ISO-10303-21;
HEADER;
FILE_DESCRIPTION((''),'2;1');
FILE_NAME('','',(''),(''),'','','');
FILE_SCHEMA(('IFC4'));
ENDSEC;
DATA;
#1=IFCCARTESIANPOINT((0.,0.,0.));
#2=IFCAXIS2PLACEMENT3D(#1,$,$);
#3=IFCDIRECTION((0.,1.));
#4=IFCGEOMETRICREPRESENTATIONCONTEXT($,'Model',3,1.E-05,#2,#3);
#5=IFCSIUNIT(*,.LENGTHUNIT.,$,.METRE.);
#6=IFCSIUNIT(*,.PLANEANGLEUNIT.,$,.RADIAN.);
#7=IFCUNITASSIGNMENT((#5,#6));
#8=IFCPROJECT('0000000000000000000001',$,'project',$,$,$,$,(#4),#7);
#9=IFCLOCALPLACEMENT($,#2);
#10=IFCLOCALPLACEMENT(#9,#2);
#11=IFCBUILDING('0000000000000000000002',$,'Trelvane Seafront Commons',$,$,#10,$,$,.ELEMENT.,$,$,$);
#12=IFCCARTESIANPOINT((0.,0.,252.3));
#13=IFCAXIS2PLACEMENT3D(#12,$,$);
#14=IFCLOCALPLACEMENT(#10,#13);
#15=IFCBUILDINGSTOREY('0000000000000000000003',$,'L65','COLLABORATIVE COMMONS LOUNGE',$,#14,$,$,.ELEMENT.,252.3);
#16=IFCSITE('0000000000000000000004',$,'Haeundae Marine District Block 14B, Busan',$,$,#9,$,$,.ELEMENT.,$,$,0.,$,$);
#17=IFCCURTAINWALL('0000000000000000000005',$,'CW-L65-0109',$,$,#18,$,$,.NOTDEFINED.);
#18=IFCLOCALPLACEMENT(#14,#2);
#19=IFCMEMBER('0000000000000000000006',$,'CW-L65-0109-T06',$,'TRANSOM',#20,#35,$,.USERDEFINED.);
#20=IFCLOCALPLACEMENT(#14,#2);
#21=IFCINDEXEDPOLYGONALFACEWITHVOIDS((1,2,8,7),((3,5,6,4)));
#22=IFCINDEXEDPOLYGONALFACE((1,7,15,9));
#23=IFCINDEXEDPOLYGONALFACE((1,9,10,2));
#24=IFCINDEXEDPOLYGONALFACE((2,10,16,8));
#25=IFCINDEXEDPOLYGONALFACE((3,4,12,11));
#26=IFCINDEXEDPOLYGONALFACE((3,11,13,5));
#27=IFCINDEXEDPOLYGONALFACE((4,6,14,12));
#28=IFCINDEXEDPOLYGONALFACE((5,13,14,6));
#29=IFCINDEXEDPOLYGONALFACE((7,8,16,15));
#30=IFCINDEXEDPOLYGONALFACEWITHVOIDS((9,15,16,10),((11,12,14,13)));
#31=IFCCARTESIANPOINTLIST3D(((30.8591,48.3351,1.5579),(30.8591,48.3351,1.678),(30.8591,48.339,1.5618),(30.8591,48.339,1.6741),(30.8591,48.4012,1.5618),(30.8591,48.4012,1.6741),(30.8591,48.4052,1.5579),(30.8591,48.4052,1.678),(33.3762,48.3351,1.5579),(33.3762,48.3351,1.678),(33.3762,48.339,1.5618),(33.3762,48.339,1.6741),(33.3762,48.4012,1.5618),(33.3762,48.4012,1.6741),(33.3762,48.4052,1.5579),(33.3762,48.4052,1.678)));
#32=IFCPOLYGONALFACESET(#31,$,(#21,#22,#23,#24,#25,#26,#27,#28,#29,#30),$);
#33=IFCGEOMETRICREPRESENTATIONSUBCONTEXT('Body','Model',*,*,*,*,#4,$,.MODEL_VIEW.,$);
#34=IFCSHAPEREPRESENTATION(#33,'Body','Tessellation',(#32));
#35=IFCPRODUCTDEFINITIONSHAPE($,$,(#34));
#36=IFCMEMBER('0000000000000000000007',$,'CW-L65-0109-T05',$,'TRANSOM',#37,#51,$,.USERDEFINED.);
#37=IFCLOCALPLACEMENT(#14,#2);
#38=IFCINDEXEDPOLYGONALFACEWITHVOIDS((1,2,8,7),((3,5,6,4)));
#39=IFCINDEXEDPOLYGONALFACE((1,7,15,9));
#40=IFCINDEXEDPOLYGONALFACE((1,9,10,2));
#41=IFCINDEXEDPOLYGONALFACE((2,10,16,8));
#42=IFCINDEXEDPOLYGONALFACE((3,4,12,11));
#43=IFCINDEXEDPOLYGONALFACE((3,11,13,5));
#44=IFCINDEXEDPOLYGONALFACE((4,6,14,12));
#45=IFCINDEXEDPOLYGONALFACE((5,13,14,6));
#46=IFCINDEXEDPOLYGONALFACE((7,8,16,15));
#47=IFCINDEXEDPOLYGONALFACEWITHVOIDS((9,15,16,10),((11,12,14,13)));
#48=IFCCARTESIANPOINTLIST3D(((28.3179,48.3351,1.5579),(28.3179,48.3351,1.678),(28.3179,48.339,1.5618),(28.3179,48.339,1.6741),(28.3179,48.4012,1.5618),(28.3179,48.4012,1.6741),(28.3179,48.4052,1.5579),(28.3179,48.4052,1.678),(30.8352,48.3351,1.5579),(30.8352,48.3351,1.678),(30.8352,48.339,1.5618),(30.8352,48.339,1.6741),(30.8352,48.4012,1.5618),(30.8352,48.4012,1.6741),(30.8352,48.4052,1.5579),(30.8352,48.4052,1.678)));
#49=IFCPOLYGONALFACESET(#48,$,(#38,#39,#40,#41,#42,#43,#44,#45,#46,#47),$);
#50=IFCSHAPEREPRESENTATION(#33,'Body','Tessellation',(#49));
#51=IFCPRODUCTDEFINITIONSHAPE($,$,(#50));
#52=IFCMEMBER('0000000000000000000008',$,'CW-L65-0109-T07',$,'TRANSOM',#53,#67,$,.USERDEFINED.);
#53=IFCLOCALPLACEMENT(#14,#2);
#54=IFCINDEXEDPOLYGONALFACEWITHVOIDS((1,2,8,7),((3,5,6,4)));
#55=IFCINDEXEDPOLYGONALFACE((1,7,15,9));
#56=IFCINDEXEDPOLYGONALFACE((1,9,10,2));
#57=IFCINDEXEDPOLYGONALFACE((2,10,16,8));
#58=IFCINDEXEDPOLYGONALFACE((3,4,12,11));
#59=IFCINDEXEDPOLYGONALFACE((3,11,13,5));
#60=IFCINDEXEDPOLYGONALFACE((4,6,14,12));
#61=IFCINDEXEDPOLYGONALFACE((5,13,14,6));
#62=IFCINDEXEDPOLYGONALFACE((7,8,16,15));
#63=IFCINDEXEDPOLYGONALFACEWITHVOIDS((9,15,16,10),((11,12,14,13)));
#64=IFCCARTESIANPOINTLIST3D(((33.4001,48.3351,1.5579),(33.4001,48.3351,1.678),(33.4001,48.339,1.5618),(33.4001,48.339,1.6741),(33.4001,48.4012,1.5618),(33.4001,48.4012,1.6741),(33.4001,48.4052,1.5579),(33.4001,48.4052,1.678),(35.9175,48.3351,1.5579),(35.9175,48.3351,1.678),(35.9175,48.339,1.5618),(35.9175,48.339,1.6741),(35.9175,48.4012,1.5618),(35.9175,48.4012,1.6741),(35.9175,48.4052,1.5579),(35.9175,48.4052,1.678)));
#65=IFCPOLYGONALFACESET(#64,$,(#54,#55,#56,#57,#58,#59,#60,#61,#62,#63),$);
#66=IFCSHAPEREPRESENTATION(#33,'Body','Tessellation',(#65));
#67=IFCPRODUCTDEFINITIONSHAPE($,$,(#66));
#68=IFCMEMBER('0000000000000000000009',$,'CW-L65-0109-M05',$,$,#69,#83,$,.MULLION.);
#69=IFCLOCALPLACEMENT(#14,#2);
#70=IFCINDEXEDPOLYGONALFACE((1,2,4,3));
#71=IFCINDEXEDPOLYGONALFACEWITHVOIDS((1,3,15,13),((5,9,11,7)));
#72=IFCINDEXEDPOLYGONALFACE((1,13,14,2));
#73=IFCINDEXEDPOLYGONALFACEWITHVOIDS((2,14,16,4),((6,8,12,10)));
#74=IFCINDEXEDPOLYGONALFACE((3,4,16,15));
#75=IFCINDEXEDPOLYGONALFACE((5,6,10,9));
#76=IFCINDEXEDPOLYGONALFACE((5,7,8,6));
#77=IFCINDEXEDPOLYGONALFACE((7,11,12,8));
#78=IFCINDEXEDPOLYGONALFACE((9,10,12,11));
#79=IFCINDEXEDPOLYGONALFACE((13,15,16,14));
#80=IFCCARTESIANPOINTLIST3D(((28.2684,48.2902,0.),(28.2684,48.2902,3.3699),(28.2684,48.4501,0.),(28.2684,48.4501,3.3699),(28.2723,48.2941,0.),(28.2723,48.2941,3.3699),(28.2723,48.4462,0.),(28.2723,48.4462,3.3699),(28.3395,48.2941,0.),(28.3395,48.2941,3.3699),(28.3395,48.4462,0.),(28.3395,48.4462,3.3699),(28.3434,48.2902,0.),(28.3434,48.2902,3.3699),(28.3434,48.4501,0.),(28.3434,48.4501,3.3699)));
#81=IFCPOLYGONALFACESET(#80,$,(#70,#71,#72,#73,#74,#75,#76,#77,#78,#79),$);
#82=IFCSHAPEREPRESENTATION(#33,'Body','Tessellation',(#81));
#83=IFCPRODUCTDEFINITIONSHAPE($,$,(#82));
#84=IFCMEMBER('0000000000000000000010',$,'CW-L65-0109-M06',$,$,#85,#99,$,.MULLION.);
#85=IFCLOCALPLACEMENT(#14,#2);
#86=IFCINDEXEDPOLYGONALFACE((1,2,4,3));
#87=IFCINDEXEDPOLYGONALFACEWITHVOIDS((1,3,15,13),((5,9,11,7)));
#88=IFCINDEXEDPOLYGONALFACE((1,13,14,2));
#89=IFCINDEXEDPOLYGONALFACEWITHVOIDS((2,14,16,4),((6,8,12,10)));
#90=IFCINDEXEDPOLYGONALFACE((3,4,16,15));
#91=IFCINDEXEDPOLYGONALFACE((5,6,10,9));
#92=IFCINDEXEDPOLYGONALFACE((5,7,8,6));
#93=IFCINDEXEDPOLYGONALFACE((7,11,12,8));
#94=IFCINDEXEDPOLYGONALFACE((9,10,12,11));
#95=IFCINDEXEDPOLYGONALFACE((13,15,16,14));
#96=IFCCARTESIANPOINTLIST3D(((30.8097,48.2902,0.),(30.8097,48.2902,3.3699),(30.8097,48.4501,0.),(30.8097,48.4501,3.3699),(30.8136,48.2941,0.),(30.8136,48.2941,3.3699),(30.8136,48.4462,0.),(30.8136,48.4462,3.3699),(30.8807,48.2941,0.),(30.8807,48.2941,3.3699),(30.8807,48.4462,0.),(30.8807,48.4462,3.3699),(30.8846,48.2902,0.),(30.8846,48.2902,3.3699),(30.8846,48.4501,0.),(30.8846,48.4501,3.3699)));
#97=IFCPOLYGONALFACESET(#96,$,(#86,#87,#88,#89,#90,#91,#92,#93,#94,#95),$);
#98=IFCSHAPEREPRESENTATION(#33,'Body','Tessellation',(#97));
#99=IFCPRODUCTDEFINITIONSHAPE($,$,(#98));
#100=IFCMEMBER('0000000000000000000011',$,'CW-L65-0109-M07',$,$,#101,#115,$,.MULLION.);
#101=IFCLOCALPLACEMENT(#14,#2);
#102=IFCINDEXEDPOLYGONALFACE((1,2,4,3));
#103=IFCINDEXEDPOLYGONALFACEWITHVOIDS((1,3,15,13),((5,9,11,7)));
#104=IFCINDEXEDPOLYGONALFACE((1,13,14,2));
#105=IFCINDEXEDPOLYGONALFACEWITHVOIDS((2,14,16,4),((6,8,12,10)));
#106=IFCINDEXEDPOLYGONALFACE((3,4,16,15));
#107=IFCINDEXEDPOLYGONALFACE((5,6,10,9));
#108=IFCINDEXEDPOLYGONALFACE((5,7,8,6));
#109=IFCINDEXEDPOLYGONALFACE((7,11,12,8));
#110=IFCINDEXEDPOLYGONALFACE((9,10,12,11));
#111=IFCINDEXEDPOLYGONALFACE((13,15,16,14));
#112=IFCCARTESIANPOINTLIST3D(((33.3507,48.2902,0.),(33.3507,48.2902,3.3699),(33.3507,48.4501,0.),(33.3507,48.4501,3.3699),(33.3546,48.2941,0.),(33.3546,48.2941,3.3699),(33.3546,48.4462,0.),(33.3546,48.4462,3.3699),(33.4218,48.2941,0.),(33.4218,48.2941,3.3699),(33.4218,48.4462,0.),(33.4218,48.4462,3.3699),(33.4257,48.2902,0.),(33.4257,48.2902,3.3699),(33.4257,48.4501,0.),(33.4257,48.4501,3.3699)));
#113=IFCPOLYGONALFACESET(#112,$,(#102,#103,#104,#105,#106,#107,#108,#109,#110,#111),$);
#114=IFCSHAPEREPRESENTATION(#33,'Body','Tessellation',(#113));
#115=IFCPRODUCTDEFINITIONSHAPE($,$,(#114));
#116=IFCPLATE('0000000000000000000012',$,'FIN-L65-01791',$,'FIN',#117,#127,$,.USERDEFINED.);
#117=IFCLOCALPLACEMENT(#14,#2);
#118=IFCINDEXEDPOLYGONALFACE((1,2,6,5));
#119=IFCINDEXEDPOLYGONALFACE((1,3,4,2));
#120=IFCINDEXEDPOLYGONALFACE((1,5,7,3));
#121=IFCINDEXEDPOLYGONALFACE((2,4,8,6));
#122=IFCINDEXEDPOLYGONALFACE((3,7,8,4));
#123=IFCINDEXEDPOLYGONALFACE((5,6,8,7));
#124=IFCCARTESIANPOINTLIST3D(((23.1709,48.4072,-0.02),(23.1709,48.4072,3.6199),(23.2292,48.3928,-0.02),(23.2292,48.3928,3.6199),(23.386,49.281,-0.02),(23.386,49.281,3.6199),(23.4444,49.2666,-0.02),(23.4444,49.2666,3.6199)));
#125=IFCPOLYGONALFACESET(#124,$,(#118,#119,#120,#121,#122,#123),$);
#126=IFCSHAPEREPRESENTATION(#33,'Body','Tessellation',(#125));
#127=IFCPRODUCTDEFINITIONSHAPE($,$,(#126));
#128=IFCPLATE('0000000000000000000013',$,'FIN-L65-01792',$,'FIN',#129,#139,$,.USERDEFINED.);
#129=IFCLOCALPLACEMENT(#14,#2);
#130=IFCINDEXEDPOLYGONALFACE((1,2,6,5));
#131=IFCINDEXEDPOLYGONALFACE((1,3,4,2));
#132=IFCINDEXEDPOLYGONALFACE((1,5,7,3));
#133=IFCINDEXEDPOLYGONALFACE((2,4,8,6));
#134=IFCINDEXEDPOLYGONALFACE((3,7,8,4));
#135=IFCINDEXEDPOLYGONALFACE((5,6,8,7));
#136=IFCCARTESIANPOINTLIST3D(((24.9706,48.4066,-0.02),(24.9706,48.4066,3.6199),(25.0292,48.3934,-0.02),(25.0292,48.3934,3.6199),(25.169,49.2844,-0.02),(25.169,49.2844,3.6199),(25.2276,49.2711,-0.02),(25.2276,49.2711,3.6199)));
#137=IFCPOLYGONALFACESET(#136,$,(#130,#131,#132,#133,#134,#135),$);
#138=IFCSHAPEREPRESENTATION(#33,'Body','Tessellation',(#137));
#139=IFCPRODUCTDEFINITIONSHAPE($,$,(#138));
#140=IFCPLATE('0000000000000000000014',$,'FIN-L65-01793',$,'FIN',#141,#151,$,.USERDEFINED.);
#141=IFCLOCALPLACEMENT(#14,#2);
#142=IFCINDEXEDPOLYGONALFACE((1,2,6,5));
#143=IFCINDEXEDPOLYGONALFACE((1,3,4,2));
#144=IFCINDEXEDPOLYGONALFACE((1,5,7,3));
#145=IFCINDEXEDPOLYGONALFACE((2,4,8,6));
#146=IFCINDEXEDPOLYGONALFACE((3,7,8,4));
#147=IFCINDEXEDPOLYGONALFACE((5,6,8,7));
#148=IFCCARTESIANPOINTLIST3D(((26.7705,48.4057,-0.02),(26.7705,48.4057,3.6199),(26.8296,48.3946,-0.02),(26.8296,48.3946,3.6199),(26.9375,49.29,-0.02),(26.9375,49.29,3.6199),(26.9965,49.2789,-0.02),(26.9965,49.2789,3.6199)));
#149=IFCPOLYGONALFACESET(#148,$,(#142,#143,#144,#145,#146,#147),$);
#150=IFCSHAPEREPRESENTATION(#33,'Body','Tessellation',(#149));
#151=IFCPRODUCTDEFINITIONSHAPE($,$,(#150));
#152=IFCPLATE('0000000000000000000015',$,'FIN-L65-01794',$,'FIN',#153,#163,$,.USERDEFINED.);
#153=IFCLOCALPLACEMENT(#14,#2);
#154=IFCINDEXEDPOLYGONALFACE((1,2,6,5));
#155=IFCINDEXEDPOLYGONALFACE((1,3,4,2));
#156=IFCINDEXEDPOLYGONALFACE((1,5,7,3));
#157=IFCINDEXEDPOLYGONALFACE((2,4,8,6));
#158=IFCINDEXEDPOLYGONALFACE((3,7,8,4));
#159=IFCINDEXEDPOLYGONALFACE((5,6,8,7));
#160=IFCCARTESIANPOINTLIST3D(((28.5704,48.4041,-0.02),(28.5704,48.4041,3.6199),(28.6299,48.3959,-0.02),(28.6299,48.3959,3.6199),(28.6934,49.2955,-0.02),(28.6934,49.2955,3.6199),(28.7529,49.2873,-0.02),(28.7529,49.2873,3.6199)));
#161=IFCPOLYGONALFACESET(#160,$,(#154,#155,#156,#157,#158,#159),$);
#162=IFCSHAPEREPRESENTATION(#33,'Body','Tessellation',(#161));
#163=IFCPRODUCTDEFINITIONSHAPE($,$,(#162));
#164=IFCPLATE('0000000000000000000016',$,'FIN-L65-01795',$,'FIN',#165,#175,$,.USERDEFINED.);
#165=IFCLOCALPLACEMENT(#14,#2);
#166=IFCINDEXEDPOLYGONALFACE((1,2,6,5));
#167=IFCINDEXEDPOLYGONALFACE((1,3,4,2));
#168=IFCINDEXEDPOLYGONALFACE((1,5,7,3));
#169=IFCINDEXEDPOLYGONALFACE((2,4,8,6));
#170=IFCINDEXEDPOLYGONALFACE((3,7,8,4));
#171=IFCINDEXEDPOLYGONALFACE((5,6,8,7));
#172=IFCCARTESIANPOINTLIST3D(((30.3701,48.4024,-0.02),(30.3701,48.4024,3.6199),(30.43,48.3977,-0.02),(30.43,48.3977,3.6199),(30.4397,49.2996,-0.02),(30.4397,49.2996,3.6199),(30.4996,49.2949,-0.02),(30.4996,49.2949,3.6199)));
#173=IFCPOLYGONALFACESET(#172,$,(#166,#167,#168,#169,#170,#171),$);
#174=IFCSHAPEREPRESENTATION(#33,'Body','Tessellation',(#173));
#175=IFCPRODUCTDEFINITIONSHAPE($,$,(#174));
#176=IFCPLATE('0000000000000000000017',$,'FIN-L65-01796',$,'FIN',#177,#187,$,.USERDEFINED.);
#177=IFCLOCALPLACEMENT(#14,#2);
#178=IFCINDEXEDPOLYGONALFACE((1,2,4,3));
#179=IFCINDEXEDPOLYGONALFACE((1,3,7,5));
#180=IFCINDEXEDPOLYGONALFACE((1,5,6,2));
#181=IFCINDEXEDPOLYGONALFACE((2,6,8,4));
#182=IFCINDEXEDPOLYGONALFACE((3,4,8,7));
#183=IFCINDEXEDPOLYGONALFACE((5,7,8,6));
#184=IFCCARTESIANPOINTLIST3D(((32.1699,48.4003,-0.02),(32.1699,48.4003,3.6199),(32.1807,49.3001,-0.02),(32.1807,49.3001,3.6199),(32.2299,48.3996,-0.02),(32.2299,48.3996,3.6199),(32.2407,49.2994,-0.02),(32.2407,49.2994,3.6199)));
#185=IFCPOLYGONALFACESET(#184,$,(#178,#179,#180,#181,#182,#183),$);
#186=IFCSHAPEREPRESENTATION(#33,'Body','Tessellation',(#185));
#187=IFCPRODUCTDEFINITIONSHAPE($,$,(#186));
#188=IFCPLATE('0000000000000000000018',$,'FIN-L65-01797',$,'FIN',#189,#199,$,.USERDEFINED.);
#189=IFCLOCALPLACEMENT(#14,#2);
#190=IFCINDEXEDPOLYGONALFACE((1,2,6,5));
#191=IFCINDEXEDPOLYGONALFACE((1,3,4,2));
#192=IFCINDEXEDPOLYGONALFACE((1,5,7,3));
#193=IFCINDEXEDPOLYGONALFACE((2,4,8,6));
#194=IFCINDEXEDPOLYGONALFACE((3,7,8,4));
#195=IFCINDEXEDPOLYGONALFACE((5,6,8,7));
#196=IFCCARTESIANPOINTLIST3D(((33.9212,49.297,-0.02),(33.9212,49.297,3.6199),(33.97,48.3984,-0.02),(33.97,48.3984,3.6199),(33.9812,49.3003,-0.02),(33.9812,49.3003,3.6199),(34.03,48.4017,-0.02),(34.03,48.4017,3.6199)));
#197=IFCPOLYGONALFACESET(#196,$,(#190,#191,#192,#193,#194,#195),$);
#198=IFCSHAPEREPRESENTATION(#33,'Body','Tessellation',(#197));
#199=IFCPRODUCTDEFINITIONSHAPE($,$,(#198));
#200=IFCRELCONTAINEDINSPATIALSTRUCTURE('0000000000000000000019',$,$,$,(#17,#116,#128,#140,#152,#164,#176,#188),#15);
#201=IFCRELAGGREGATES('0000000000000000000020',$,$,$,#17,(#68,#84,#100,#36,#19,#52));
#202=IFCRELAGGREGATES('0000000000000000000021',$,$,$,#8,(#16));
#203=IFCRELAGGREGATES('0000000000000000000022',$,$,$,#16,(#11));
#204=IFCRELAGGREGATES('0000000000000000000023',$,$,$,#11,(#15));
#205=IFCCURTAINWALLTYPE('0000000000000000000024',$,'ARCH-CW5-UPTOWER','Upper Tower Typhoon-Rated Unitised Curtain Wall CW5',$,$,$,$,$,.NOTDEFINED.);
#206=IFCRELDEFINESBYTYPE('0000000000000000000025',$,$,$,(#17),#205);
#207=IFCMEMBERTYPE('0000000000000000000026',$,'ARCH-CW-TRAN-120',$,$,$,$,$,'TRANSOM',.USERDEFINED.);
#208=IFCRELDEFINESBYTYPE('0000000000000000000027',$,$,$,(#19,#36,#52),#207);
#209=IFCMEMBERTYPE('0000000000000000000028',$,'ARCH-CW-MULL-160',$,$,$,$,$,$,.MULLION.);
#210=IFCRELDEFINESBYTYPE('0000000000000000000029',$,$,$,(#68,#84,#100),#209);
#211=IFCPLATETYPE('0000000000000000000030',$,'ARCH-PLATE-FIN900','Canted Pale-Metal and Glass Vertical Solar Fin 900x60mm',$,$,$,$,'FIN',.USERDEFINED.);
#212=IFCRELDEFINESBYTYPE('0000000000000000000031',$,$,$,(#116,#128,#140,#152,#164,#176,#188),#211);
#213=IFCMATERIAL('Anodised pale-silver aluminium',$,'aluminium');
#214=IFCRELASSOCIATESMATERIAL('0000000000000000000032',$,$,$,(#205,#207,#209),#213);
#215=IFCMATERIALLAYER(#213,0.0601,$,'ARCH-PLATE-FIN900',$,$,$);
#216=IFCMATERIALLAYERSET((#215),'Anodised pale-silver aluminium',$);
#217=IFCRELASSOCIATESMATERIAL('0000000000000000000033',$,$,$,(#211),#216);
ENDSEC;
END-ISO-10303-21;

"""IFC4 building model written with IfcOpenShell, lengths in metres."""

from ifc_helpers import new_model, si_unit, direction, frame, origin, origin_2d, place, context, subcontext, project, spatial, rectangle, hollow_rectangle, extrude, source, transform, mapped, material, layer, layer_set, material_profile, profile_set, type_object, element, aggregate, save


model = new_model("IFC4")

# Units and contexts
model_context = context("Model", 3, precision=1e-05, world=origin(), true_north=direction((0.0, 1.0)))
body_context = subcontext(model_context, "Body", "Model", "MODEL_VIEW")
ifc_project = project(units=[si_unit("LENGTHUNIT", "METRE"), si_unit("PLANEANGLEUNIT", "RADIAN")], contexts=[model_context])

# Site, building, storey
site_placement = place(None, origin())
site = spatial("IfcSite", under=ifc_project, at=site_placement, Name="Haeundae Marine District Block 14B, Busan", CompositionType="ELEMENT", RefElevation=0.0)
building_placement = place(site_placement, origin())
building = spatial("IfcBuilding", under=site, at=building_placement, Name="Trelvane Seafront Commons", CompositionType="ELEMENT")
storey_placement = place(building_placement, frame((0.0, 0.0, 252.3)))
storey = spatial("IfcBuildingStorey", under=building, at=storey_placement, Name="L65", Description="COLLABORATIVE COMMONS LOUNGE", CompositionType="ELEMENT", Elevation=252.3)

# Curtain wall, members
ifc_material_1 = material(Name="Anodised pale-silver aluminium", Category="aluminium")
curtain_wall_type = type_object("IfcCurtainWallType", Name="ARCH-CW5-UPTOWER", Description="Upper Tower Typhoon-Rated Unitised Curtain Wall CW5", PredefinedType="NOTDEFINED", material=ifc_material_1)
curtain_wall_placement = place(storey_placement, origin())
curtain_wall = element("IfcCurtainWall", 1, at=curtain_wall_placement, inside=storey, type_object=curtain_wall_type, Name="CW-L65-0109", PredefinedType="NOTDEFINED")
ifc_material_profile_1 = material_profile(ifc_material_1, hollow_rectangle(XDim=0.0701, YDim=0.1201, WallThickness=0.0039, at=origin_2d()), Name="TRAN-70x120x4")
ifc_profile_set_1 = profile_set([ifc_material_profile_1], Name="Anodised pale-silver aluminium")
member_type_1 = type_object("IfcMemberType", Name="ARCH-CW-TRAN-120", ElementType="TRANSOM", PredefinedType="USERDEFINED", material=ifc_profile_set_1)
shared_shape_1 = source(origin(), body_context, "Body", "SweptSolid", [
    extrude(hollow_rectangle(XDim=0.0701, YDim=0.1201, WallThickness=0.0039, at=origin_2d()), origin(), (0.0, 0.0, 1.0), 2.5171),
])
member_1_placement = place(storey_placement, frame((30.8591, 48.3701, 1.6179), z_axis=(1.0, 0.0, 0.0), x_axis=(0.0, 1.0, 0.0)))
member_1 = element("IfcMember", 2, at=member_1_placement, type_object=member_type_1, Name="CW-L65-0109-T06", ObjectType="TRANSOM", PredefinedType="USERDEFINED", context=body_context, shape_type="MappedRepresentation", body=[
    mapped(shared_shape_1, transform((0.0, 0.0, 0.0), x_axis=(1.0, 0.0, 0.0), y_axis=(0.0, 1.0, 0.0), z_axis=(0.0, 0.0, 1.0), scale=1.0)),
])
shared_shape_2 = source(origin(), body_context, "Body", "SweptSolid", [
    extrude(hollow_rectangle(XDim=0.0701, YDim=0.1201, WallThickness=0.0039, at=origin_2d()), origin(), (0.0, 0.0, 1.0), 2.5173),
])
member_2_placement = place(storey_placement, frame((28.3179, 48.3701, 1.6179), z_axis=(1.0, 0.0, 0.0), x_axis=(0.0, 1.0, 0.0)))
member_2 = element("IfcMember", 3, at=member_2_placement, type_object=member_type_1, Name="CW-L65-0109-T05", ObjectType="TRANSOM", PredefinedType="USERDEFINED", context=body_context, shape_type="MappedRepresentation", body=[
    mapped(shared_shape_2, transform((0.0, 0.0, 0.0), x_axis=(1.0, 0.0, 0.0), y_axis=(0.0, 1.0, 0.0), z_axis=(0.0, 0.0, 1.0), scale=1.0)),
])
member_3_placement = place(storey_placement, frame((33.4001, 48.3701, 1.6179), z_axis=(1.0, 0.0, 0.0), x_axis=(0.0, 1.0, 0.0)))
member_3 = element("IfcMember", 4, at=member_3_placement, type_object=member_type_1, Name="CW-L65-0109-T07", ObjectType="TRANSOM", PredefinedType="USERDEFINED", context=body_context, shape_type="MappedRepresentation", body=[
    mapped(shared_shape_2, transform((0.0, 0.0, 0.0), x_axis=(1.0, 0.0, 0.0), y_axis=(0.0, 1.0, 0.0), z_axis=(0.0, 0.0, 1.0), scale=1.0)),
])
ifc_material_profile_2 = material_profile(ifc_material_1, hollow_rectangle(XDim=0.075, YDim=0.1599, WallThickness=0.0039, at=origin_2d()), Name="MULL-75x160x4")
ifc_profile_set_2 = profile_set([ifc_material_profile_2], Name="Anodised pale-silver aluminium")
member_type_2 = type_object("IfcMemberType", Name="ARCH-CW-MULL-160", PredefinedType="MULLION", material=ifc_profile_set_2)
shared_shape_3 = source(origin(), body_context, "Body", "SweptSolid", [
    extrude(hollow_rectangle(XDim=0.075, YDim=0.1599, WallThickness=0.0039, at=origin_2d()), origin(), (0.0, 0.0, 1.0), 3.3699),
])
member_4_placement = place(storey_placement, frame((28.3059, 48.3701, 0.0), z_axis=(0.0, 0.0, 1.0), x_axis=(1.0, 0.0, 0.0)))
member_4 = element("IfcMember", 5, at=member_4_placement, type_object=member_type_2, Name="CW-L65-0109-M05", PredefinedType="MULLION", context=body_context, shape_type="MappedRepresentation", body=[
    mapped(shared_shape_3, transform((0.0, 0.0, 0.0), x_axis=(1.0, 0.0, 0.0), y_axis=(0.0, 1.0, 0.0), z_axis=(0.0, 0.0, 1.0), scale=1.0)),
])
member_5_placement = place(storey_placement, frame((30.8472, 48.3701, 0.0), z_axis=(0.0, 0.0, 1.0), x_axis=(1.0, 0.0, 0.0)))
member_5 = element("IfcMember", 6, at=member_5_placement, type_object=member_type_2, Name="CW-L65-0109-M06", PredefinedType="MULLION", context=body_context, shape_type="MappedRepresentation", body=[
    mapped(shared_shape_3, transform((0.0, 0.0, 0.0), x_axis=(1.0, 0.0, 0.0), y_axis=(0.0, 1.0, 0.0), z_axis=(0.0, 0.0, 1.0), scale=1.0)),
])
member_6_placement = place(storey_placement, frame((33.3882, 48.3701, 0.0), z_axis=(0.0, 0.0, 1.0), x_axis=(1.0, 0.0, 0.0)))
member_6 = element("IfcMember", 7, at=member_6_placement, type_object=member_type_2, Name="CW-L65-0109-M07", PredefinedType="MULLION", context=body_context, shape_type="MappedRepresentation", body=[
    mapped(shared_shape_3, transform((0.0, 0.0, 0.0), x_axis=(1.0, 0.0, 0.0), y_axis=(0.0, 1.0, 0.0), z_axis=(0.0, 0.0, 1.0), scale=1.0)),
])

# Plates
ifc_layer_1 = layer(ifc_material_1, 0.0601, Name="ARCH-PLATE-FIN900")
ifc_layer_set_1 = layer_set([ifc_layer_1], Name="Anodised pale-silver aluminium")
plate_type_1 = type_object("IfcPlateType", Name="ARCH-PLATE-FIN900", Description="Canted Pale-Metal and Glass Vertical Solar Fin 900x60mm", ElementType="FIN", PredefinedType="USERDEFINED", material=ifc_layer_set_1)
shared_shape_4 = source(origin(), body_context, "Body", "SweptSolid", [
    extrude(rectangle(XDim=0.8999, YDim=0.0601, at=origin_2d()), origin(), (0.0, 0.0, 1.0), 3.6399),
])
for number, where, z_axis, x_axis, name in (
    (8, (23.3076, 48.8369, -0.02), (0.0, 0.0, 1.0), (0.23911, 0.970993, 0.0), "FIN-L65-01791"),
    (9, (25.0991, 48.8389, -0.02), (0.0, 0.0, 1.0), (0.220435, 0.975402, 0.0), "FIN-L65-01792"),
    (10, (26.8835, 48.8423, -0.02), (0.0, 0.0, 1.0), (0.18555, 0.982635, 0.0), "FIN-L65-01793"),
    (11, (28.6616, 48.8457, -0.02), (0.0, 0.0, 1.0), (0.13666, 0.990618, 0.0), "FIN-L65-01794"),
    (12, (30.4348, 48.8486, -0.02), (0.0, 0.0, 1.0), (0.077333, 0.997005, 0.0), "FIN-L65-01795"),
    (13, (32.2053, 48.8499, -0.02), (0.0, 0.0, 1.0), (0.012001, 0.999928, 0.0), "FIN-L65-01796"),
    (14, (33.9756, 48.8494, -0.02), (0.0, 0.0, 1.0), (-0.05422, 0.998529, 0.0), "FIN-L65-01797"),
):
    element("IfcPlate", number, at=place(storey_placement, frame(where, z_axis=z_axis, x_axis=x_axis)), inside=storey, type_object=plate_type_1, Name=name, ObjectType="FIN", PredefinedType="USERDEFINED", context=body_context, shape_type="MappedRepresentation", body=[
        mapped(shared_shape_4, transform((0.0, 0.0, 0.0), x_axis=(1.0, 0.0, 0.0), y_axis=(0.0, 1.0, 0.0), z_axis=(0.0, 0.0, 1.0), scale=1.0)),
    ])

aggregate(curtain_wall, [member_4, member_5, member_6, member_2, member_1, member_3])

save(model, "model.ifc")
